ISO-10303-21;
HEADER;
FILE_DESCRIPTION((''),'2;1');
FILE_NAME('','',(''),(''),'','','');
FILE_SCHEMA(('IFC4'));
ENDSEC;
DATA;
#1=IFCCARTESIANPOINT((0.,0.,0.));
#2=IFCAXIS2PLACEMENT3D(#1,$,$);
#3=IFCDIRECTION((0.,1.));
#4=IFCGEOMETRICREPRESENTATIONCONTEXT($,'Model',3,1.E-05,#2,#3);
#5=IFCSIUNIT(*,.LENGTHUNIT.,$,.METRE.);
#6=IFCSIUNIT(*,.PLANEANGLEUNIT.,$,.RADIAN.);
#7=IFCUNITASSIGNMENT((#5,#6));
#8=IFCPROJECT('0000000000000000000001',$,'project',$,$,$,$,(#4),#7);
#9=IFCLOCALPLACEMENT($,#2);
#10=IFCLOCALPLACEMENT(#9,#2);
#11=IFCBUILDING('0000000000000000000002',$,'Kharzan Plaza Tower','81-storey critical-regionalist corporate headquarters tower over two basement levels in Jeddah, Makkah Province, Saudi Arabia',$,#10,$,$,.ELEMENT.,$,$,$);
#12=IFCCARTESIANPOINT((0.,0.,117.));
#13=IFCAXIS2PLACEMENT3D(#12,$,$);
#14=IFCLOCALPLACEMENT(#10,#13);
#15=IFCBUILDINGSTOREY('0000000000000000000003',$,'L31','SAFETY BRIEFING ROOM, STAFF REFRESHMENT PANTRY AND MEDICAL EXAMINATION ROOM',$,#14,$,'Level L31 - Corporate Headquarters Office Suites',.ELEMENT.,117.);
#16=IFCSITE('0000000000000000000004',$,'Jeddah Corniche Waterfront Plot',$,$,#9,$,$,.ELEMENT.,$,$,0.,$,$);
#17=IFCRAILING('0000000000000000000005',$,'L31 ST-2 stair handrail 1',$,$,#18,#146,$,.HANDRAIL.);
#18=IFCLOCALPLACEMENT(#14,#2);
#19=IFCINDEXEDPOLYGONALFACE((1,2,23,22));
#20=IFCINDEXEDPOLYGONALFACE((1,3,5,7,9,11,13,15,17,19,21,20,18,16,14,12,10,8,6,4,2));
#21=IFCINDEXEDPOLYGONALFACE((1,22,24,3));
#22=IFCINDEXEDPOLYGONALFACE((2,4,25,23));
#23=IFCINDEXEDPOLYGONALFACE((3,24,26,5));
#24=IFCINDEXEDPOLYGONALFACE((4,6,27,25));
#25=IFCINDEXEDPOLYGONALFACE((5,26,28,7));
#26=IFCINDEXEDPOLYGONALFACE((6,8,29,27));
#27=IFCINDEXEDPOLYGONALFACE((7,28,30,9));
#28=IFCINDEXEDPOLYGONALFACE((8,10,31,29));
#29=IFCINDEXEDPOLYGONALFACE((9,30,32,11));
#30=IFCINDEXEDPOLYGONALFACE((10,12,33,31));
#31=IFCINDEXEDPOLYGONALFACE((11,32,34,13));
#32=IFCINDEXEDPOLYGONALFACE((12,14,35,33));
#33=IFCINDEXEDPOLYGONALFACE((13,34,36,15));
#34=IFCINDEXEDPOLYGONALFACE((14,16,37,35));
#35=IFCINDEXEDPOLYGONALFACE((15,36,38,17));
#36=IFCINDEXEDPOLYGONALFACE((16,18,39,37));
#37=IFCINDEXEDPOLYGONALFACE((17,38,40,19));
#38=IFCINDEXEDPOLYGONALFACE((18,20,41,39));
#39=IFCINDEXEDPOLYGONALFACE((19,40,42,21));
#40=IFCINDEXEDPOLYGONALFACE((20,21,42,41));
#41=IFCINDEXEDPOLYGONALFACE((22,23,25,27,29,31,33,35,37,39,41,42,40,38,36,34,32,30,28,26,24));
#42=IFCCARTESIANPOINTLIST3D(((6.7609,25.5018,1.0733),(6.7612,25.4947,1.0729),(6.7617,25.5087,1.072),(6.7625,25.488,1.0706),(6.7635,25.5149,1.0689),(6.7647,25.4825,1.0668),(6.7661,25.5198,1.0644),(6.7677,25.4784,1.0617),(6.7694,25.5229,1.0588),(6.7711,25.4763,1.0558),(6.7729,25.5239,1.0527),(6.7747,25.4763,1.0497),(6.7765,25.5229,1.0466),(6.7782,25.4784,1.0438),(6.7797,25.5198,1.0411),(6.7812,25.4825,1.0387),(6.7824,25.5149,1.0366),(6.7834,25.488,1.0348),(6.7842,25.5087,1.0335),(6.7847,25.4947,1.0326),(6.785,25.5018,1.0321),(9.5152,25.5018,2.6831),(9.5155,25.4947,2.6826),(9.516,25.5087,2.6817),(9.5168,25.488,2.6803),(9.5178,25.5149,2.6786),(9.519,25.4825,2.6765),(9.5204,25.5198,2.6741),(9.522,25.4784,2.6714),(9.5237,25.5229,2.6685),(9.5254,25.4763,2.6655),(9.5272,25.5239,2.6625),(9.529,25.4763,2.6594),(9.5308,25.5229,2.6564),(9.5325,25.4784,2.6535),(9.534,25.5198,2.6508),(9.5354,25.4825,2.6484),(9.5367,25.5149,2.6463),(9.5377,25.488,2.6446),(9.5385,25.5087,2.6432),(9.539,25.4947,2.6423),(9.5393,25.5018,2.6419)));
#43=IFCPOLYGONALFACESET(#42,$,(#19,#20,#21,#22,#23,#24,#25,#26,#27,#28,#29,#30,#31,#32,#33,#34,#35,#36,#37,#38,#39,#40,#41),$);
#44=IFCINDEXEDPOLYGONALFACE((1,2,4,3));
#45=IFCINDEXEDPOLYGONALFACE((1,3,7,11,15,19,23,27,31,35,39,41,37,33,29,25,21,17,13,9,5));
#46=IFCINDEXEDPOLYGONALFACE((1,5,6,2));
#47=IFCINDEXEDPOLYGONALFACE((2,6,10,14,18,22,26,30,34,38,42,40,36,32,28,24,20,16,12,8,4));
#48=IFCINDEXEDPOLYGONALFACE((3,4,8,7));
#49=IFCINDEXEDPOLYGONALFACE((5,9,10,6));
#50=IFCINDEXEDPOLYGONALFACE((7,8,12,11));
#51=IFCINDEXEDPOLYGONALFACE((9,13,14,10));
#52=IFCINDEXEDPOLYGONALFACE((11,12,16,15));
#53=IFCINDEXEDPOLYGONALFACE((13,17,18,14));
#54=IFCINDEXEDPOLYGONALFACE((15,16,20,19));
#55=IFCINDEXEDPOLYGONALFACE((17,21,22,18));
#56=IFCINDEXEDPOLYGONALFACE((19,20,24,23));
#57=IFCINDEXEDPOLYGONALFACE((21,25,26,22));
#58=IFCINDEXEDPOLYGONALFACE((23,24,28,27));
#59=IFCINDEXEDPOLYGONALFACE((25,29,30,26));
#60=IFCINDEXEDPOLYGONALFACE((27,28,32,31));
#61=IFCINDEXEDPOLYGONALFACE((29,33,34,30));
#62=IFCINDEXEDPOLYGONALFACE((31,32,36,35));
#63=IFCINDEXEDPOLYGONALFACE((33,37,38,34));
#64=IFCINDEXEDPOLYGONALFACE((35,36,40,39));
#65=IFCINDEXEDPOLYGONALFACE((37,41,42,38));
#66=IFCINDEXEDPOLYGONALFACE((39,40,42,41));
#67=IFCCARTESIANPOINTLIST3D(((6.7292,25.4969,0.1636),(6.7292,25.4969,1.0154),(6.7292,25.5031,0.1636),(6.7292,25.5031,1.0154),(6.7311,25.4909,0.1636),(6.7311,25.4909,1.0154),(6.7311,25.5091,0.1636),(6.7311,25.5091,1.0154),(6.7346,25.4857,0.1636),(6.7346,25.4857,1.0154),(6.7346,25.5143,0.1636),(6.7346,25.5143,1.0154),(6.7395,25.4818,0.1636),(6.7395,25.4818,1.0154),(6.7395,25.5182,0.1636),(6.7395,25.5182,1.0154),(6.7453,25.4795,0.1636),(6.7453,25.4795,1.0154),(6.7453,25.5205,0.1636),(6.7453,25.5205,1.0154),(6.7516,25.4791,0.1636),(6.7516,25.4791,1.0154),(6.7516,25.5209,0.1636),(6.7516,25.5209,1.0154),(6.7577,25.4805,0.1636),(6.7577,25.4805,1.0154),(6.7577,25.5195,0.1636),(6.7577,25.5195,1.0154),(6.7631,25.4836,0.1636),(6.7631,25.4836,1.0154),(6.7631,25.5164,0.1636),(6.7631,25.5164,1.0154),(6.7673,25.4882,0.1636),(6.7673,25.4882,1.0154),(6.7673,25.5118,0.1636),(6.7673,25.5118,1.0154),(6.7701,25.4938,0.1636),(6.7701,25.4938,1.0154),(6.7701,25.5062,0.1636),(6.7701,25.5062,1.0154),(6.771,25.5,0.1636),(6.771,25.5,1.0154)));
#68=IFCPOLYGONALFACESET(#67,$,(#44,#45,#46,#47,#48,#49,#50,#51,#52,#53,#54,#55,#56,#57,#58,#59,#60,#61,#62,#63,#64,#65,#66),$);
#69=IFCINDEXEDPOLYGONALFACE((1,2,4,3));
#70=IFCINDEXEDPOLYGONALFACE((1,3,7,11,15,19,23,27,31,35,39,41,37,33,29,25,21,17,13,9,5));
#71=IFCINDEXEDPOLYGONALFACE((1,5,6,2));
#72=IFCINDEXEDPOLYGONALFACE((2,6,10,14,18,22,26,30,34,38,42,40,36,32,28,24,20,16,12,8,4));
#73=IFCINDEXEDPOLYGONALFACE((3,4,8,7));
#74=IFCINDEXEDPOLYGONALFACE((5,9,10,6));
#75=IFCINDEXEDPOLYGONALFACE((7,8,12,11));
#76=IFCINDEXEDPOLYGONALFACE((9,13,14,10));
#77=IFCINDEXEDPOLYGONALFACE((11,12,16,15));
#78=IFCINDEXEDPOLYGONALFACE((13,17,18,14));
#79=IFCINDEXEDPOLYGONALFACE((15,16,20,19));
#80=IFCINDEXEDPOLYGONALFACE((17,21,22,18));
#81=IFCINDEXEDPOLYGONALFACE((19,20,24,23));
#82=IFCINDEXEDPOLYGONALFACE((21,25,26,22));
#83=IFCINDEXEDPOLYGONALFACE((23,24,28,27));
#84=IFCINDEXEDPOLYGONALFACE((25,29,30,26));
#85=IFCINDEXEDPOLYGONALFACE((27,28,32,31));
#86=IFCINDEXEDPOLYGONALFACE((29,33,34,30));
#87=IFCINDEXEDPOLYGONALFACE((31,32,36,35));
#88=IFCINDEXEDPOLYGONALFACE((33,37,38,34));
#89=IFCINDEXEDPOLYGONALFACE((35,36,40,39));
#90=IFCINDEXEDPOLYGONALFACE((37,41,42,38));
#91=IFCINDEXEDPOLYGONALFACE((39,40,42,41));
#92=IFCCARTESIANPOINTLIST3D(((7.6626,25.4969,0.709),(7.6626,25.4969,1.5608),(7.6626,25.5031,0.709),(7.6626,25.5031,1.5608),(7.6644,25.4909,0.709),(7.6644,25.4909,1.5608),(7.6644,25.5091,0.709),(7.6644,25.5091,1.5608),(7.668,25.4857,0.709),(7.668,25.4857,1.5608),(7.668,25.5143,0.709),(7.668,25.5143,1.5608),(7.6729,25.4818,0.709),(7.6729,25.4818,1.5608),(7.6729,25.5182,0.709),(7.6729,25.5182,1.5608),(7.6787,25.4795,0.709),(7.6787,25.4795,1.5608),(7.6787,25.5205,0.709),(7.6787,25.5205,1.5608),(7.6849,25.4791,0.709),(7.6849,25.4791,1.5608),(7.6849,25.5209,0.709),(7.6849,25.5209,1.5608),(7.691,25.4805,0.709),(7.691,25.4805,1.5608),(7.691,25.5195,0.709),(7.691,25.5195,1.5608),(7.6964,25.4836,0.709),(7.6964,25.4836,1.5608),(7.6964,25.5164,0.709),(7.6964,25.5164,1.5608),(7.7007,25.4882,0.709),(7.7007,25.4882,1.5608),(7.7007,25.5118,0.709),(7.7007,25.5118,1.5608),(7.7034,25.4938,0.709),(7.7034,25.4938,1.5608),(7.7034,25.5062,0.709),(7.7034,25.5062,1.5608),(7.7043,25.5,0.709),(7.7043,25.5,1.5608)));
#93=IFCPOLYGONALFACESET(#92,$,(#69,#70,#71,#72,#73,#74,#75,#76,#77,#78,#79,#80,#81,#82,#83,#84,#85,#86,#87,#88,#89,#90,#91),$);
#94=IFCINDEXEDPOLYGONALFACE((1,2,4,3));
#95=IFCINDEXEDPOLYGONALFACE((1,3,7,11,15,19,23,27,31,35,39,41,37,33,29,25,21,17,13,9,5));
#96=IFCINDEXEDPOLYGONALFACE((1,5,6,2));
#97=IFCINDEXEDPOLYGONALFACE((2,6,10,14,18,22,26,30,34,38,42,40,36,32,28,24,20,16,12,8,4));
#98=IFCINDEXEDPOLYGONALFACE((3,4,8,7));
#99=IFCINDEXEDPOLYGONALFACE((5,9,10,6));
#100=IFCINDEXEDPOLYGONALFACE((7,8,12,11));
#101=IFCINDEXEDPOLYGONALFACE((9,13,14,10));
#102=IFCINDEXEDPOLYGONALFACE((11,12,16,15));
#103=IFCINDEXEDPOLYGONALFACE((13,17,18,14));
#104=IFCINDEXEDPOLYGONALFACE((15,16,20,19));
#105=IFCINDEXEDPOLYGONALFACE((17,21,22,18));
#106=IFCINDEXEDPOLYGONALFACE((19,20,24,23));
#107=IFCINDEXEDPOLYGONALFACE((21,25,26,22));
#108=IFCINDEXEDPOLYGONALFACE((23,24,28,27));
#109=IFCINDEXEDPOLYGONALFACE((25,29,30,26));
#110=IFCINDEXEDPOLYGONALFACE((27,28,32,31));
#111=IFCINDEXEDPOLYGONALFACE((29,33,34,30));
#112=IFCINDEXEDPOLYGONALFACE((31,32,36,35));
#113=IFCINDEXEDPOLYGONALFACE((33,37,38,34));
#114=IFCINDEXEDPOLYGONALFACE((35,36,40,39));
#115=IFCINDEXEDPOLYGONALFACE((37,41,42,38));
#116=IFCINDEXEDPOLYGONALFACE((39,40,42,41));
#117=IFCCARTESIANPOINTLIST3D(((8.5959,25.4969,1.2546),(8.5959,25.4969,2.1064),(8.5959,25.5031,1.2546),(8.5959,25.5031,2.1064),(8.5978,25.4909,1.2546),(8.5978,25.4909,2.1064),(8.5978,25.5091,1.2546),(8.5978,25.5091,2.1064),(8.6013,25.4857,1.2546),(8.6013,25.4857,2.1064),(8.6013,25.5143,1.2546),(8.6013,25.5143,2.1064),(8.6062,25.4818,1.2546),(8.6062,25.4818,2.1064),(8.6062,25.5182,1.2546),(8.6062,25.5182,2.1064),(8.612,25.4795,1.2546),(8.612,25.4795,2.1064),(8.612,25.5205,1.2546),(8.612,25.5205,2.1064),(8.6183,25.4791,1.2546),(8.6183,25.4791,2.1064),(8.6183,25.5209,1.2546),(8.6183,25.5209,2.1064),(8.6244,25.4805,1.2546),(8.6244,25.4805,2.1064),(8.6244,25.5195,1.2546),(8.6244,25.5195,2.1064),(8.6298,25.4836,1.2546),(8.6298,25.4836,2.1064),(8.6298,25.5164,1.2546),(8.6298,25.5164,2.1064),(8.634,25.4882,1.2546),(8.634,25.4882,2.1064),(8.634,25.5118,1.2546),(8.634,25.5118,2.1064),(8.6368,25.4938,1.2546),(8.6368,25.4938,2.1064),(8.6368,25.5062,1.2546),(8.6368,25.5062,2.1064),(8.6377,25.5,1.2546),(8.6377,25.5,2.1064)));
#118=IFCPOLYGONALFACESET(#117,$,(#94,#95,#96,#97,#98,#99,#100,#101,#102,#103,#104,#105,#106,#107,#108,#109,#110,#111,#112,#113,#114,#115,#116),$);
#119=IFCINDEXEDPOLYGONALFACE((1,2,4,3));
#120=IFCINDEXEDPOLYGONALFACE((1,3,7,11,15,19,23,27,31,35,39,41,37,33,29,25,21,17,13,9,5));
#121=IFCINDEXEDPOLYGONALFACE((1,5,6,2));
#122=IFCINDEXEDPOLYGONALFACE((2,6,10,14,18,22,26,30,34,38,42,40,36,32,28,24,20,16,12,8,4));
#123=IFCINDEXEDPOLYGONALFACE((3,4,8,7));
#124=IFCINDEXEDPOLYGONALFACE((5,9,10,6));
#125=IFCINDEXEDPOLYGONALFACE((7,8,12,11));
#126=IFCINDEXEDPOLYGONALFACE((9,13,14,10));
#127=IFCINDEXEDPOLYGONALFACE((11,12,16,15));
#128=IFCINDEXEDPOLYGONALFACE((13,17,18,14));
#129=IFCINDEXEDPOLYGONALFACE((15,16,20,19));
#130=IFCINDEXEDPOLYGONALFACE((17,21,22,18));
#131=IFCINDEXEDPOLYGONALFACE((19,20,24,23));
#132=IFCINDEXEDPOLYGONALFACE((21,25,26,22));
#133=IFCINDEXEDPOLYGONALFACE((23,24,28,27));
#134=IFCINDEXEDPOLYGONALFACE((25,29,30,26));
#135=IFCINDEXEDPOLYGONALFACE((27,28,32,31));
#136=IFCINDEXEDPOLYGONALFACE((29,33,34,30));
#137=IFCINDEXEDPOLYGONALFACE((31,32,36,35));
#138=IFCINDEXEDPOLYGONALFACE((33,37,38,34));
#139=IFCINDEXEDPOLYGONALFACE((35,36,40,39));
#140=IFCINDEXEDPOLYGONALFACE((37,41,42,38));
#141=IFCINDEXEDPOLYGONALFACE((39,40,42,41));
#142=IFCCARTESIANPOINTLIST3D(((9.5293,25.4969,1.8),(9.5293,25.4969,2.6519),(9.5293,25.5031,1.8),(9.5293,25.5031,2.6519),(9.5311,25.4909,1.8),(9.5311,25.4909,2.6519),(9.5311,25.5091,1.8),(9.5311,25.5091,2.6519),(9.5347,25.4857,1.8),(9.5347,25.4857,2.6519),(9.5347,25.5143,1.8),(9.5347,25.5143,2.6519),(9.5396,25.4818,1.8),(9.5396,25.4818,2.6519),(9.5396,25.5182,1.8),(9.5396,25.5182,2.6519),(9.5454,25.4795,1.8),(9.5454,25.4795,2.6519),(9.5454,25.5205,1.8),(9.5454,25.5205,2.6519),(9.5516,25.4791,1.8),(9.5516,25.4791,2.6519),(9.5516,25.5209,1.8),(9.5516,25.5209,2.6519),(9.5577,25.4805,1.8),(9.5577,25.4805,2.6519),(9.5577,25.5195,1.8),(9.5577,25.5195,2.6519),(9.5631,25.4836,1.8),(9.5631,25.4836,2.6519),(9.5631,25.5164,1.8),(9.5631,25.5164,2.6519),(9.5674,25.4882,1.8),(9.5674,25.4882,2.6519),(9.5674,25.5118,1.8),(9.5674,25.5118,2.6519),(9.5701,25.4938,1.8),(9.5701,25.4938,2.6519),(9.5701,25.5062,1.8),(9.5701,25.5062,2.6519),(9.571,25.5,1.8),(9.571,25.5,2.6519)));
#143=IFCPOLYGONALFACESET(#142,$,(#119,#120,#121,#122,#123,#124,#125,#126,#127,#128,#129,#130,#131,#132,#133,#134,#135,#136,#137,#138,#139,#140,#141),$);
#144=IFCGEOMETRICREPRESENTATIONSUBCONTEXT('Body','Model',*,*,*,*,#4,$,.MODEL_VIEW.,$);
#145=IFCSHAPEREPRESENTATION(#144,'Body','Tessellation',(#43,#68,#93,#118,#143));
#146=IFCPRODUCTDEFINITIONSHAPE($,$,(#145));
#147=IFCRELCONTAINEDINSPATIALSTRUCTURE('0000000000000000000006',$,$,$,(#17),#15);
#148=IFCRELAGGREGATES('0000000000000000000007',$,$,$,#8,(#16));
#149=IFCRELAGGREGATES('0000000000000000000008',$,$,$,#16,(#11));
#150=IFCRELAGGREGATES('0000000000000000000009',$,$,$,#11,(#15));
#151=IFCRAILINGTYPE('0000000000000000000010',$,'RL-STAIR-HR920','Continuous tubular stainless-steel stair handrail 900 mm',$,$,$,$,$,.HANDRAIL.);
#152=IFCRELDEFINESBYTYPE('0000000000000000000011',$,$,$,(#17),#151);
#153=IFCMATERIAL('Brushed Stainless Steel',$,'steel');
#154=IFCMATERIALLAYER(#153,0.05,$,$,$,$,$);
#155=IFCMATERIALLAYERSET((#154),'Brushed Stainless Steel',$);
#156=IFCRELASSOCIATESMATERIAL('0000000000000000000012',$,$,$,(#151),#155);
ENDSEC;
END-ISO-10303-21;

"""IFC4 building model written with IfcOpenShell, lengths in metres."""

from ifc_helpers import new_model, si_unit, direction, frame, origin, origin_2d, place, context, subcontext, project, spatial, circle, extrude, source, transform, mapped, material, layer, layer_set, type_object, element, save


model = new_model("IFC4")

# Units and contexts
model_context = context("Model", 3, precision=1e-05, world=origin(), true_north=direction((0.0, 1.0)))
body_context = subcontext(model_context, "Body", "Model", "MODEL_VIEW")
ifc_project = project(units=[si_unit("LENGTHUNIT", "METRE"), si_unit("PLANEANGLEUNIT", "RADIAN")], contexts=[model_context])

# Site, building, storey
site_placement = place(None, origin())
site = spatial("IfcSite", under=ifc_project, at=site_placement, Name="Jeddah Corniche Waterfront Plot", CompositionType="ELEMENT", RefElevation=0.0)
building_placement = place(site_placement, origin())
building = spatial("IfcBuilding", under=site, at=building_placement, Name="Kharzan Plaza Tower", Description="81-storey critical-regionalist corporate headquarters tower over two basement levels in Jeddah, Makkah Province, Saudi Arabia", CompositionType="ELEMENT")
storey_placement = place(building_placement, frame((0.0, 0.0, 117.0)))
storey = spatial("IfcBuildingStorey", under=building, at=storey_placement, Name="L31", Description="SAFETY BRIEFING ROOM, STAFF REFRESHMENT PANTRY AND MEDICAL EXAMINATION ROOM", LongName="Level L31 - Corporate Headquarters Office Suites", CompositionType="ELEMENT", Elevation=117.0)

# Railing
ifc_material_1 = material(Name="Brushed Stainless Steel", Category="steel")
ifc_layer_1 = layer(ifc_material_1, 0.05)
ifc_layer_set_1 = layer_set([ifc_layer_1], Name="Brushed Stainless Steel")
railing_type_1 = type_object("IfcRailingType", Name="RL-STAIR-HR920", Description="Continuous tubular stainless-steel stair handrail 900 mm", PredefinedType="HANDRAIL", material=ifc_layer_set_1)
shared_shape_1 = source(origin(), body_context, "Body", "SweptSolid", [
    extrude(circle(Radius=0.0239, at=origin_2d()), frame((0.0229, 0.0, 0.8892), z_axis=(0.863361, 0.0, 0.504587), x_axis=(0.0, 1.0, 0.0)), (0.0, 0.0, 1.0), 3.1902),
    extrude(circle(Radius=0.021, at=origin_2d()), origin(), (0.0, 0.0, 1.0), 0.8518),
    extrude(circle(Radius=0.021, at=origin_2d()), frame((0.9333, 0.0, 0.5454)), (0.0, 0.0, 1.0), 0.8518),
    extrude(circle(Radius=0.021, at=origin_2d()), frame((1.8667, 0.0, 1.0911)), (0.0, 0.0, 1.0), 0.8518),
    extrude(circle(Radius=0.021, at=origin_2d()), frame((2.8, 0.0, 1.6365)), (0.0, 0.0, 1.0), 0.8518),
])
railing_1_placement = place(storey_placement, frame((6.75, 25.5, 0.1636)))
element("IfcRailing", 1, at=railing_1_placement, inside=storey, type_object=railing_type_1, Name="L31 ST-2 stair handrail 1", PredefinedType="HANDRAIL", context=body_context, shape_type="MappedRepresentation", body=[
    mapped(shared_shape_1, transform((0.0, 0.0, 0.0), x_axis=(1.0, 0.0, 0.0), y_axis=(0.0, 1.0, 0.0), z_axis=(0.0, 0.0, 1.0))),
])

save(model, "model.ifc")
